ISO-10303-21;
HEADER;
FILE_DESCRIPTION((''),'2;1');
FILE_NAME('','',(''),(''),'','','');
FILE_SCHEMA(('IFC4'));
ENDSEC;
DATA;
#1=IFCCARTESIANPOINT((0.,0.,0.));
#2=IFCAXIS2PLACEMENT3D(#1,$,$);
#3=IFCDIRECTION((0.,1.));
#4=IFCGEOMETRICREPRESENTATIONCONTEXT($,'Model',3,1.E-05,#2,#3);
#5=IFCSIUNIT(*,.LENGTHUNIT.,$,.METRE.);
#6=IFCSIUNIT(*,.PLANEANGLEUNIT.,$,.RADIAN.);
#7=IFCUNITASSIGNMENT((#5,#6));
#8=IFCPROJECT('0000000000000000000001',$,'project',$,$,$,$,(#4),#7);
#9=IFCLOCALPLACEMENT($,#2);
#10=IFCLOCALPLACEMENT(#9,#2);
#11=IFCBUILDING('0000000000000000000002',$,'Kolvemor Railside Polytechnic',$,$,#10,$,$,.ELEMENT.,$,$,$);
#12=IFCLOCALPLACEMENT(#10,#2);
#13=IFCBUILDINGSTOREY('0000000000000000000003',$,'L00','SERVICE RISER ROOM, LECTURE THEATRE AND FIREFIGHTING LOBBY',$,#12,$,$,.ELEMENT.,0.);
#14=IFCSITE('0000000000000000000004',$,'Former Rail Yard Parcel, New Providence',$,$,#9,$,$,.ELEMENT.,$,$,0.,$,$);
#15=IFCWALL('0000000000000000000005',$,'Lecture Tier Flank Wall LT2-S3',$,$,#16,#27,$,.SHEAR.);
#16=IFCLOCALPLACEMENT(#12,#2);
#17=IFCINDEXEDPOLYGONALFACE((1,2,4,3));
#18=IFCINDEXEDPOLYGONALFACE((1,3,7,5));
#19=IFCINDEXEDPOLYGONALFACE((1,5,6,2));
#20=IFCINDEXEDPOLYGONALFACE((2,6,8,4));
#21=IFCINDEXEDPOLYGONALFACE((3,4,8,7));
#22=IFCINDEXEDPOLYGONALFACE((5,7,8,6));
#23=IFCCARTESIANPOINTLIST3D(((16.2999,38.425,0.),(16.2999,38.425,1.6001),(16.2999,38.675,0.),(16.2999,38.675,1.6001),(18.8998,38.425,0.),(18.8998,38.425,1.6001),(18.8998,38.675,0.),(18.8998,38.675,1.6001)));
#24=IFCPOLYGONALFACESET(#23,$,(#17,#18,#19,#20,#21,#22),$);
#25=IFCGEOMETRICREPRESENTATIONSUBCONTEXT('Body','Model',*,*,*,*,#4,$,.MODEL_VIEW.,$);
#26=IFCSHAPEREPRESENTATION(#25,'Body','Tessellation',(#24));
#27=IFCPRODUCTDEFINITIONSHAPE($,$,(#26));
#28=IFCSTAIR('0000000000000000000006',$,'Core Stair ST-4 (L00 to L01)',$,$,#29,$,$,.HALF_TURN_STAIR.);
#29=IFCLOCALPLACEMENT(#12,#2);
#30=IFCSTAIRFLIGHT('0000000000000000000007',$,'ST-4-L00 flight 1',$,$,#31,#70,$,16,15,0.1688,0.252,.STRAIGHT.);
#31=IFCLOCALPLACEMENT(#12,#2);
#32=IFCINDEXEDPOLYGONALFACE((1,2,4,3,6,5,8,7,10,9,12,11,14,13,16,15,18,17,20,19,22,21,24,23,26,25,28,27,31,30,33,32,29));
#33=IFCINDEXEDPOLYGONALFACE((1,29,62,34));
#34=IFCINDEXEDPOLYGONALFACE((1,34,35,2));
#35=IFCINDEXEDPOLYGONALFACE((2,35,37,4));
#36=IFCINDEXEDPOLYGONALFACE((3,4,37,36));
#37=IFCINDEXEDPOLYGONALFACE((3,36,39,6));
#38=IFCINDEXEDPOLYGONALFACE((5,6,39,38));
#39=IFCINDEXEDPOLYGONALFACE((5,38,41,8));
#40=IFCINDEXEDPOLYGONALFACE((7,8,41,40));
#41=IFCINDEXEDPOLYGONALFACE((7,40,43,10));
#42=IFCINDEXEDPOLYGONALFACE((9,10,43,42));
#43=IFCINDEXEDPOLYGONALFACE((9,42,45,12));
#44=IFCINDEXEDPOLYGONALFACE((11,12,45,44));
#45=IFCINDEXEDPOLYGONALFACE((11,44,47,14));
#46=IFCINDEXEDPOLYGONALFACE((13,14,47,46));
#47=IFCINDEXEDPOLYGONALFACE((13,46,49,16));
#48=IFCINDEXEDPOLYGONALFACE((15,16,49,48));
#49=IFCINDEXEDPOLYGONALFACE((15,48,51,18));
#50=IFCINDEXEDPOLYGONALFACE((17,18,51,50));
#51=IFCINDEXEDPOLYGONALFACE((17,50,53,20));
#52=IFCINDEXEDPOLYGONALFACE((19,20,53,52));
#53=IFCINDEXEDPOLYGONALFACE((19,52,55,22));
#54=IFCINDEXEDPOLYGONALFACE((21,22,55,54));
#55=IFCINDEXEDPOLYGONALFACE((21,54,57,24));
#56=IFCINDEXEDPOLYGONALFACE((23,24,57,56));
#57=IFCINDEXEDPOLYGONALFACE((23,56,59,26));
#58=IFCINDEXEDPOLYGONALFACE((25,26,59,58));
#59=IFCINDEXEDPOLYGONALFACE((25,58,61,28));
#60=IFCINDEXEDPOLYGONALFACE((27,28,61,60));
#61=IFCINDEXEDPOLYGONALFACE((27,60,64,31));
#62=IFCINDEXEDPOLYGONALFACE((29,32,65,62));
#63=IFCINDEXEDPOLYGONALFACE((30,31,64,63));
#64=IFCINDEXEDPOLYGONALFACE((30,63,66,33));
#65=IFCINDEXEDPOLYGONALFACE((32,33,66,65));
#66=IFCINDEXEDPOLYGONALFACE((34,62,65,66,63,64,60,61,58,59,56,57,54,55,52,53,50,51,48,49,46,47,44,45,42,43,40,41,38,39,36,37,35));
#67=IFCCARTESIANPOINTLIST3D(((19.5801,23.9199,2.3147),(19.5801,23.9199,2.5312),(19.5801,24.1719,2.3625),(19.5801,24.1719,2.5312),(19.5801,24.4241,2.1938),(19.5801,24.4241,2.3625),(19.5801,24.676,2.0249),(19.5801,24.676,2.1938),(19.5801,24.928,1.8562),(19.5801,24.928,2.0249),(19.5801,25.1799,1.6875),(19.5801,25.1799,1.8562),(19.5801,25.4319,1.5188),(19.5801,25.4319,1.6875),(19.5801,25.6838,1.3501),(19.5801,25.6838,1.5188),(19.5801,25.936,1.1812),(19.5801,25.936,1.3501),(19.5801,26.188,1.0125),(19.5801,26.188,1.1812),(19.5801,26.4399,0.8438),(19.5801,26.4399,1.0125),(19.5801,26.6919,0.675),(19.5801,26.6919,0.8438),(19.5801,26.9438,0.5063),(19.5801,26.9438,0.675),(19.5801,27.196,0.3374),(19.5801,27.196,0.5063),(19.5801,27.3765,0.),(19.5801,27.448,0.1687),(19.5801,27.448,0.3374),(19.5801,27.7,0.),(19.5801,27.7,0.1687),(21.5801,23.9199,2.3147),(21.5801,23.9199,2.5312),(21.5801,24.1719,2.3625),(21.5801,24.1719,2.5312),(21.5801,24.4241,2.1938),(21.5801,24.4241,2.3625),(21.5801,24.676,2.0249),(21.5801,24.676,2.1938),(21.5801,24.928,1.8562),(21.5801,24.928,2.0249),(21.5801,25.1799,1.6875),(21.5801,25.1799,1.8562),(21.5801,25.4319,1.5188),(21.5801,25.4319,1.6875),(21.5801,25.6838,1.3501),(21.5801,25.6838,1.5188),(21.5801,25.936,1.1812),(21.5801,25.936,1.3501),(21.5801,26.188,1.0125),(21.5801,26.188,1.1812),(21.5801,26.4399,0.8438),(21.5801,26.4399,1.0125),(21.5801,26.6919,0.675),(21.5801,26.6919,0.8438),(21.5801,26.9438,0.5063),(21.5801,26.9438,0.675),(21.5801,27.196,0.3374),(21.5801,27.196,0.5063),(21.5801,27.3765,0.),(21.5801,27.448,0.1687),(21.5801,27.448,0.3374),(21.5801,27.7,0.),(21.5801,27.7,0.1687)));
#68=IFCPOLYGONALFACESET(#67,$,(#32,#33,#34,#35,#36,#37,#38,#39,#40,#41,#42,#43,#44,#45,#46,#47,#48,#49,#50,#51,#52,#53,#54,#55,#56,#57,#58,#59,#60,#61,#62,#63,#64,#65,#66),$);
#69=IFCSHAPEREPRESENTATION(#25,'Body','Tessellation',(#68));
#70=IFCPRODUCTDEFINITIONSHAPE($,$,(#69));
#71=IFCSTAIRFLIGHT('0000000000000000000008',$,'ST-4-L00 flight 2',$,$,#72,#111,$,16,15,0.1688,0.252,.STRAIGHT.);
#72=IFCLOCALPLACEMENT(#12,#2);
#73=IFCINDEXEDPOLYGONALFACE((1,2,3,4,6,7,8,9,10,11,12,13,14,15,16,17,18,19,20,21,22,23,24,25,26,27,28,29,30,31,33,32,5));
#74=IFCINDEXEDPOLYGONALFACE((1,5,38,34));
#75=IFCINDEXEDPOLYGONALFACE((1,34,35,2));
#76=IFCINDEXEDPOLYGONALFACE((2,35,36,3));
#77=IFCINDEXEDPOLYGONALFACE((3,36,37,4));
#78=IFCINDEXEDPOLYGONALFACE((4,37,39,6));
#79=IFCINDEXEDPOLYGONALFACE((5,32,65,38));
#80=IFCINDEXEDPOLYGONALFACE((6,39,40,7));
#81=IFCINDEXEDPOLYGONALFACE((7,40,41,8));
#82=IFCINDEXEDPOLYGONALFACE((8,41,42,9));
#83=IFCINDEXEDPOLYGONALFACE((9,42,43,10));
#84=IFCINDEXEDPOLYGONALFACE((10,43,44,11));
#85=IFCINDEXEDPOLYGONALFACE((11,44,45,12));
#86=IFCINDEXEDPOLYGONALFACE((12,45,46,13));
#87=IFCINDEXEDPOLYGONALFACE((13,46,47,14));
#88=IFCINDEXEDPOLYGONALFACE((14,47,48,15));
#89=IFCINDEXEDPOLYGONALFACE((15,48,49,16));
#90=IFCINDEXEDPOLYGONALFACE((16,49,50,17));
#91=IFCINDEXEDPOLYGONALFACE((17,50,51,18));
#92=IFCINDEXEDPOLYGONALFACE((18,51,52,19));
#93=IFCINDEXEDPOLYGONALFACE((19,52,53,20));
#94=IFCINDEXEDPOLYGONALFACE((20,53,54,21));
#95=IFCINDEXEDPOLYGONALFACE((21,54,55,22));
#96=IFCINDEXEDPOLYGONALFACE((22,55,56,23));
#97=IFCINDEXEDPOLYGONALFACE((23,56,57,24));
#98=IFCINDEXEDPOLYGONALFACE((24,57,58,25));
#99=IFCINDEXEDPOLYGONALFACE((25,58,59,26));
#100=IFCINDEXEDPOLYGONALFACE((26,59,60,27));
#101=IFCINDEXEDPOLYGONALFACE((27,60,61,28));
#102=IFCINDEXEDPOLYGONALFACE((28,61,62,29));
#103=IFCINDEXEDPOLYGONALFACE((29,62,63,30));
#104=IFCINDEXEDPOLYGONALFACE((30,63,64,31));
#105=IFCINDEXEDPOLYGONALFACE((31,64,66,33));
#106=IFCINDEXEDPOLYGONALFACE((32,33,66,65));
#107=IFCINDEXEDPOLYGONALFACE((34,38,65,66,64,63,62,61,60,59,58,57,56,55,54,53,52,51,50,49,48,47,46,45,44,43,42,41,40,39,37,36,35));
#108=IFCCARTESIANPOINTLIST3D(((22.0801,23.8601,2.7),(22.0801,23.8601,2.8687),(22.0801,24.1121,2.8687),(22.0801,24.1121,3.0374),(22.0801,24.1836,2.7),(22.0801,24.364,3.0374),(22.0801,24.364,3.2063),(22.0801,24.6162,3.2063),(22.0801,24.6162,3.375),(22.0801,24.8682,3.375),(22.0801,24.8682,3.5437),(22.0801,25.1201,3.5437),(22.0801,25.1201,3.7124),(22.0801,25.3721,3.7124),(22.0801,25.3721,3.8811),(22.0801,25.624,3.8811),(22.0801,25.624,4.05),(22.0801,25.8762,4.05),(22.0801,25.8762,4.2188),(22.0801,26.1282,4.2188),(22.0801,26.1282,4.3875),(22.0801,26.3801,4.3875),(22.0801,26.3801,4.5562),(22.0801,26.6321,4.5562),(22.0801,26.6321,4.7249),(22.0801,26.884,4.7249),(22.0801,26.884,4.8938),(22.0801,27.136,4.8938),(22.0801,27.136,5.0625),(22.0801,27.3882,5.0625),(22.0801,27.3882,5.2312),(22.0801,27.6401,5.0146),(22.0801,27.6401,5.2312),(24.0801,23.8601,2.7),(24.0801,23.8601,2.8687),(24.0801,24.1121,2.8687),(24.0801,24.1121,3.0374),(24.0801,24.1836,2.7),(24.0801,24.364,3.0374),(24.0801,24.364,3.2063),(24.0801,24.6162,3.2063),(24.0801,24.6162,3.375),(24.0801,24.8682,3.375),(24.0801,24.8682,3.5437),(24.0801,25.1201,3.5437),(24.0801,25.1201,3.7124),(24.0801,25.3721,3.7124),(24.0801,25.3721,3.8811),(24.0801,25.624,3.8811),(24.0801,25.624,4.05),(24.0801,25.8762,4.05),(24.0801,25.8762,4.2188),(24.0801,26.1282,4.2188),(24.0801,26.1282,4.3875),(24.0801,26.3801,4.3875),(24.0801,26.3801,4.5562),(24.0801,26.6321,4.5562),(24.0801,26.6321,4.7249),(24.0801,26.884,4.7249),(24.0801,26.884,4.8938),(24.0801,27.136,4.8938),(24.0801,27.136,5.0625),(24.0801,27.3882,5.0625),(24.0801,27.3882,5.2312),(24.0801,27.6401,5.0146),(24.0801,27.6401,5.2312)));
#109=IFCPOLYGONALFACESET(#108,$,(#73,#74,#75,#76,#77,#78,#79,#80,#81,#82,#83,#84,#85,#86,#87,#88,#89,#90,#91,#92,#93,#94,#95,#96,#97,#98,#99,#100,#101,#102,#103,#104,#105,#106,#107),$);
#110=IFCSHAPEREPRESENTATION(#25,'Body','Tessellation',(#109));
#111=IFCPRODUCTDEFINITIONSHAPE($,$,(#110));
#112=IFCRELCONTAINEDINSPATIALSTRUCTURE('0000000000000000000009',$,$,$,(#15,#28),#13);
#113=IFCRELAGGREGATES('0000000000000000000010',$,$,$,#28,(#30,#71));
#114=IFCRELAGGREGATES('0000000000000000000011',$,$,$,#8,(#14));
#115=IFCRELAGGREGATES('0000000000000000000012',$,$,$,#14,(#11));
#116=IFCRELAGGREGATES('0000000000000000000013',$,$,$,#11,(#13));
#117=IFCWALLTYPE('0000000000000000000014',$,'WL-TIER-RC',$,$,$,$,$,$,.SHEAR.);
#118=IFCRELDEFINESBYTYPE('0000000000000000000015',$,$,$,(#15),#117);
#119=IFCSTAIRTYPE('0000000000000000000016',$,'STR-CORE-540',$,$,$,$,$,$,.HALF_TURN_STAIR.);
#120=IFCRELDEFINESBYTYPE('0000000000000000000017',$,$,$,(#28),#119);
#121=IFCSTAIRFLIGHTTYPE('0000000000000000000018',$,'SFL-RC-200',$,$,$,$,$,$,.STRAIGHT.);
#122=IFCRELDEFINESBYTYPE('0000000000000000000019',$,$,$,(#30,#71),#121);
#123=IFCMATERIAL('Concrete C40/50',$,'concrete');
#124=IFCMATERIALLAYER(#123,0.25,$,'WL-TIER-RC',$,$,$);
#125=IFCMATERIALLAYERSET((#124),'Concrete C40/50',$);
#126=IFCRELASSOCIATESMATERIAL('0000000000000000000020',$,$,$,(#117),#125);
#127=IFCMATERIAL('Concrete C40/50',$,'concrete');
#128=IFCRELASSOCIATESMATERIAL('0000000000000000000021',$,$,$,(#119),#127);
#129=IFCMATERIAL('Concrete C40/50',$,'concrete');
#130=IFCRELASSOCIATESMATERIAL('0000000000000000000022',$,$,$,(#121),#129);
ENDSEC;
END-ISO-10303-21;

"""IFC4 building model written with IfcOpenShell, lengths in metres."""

from ifc_helpers import new_model, si_unit, direction, frame, frame_2d, origin, place, context, subcontext, project, spatial, polyline, rectangle, outline, extrude, material, layer, layer_set, type_object, element, aggregate, save


model = new_model("IFC4")

# Units and contexts
model_context = context("Model", 3, precision=1e-05, world=origin(), true_north=direction((0.0, 1.0)))
body_context = subcontext(model_context, "Body", "Model", "MODEL_VIEW")
ifc_project = project(units=[si_unit("LENGTHUNIT", "METRE"), si_unit("PLANEANGLEUNIT", "RADIAN")], contexts=[model_context])

# Site, building, storey
site_placement = place(None, origin())
site = spatial("IfcSite", under=ifc_project, at=site_placement, Name="Former Rail Yard Parcel, New Providence", CompositionType="ELEMENT", RefElevation=0.0)
building_placement = place(site_placement, origin())
building = spatial("IfcBuilding", under=site, at=building_placement, Name="Kolvemor Railside Polytechnic", CompositionType="ELEMENT")
storey_placement = place(building_placement, origin())
storey = spatial("IfcBuildingStorey", under=building, at=storey_placement, Name="L00", Description="SERVICE RISER ROOM, LECTURE THEATRE AND FIREFIGHTING LOBBY", CompositionType="ELEMENT", Elevation=0.0)

# Wall
ifc_material_1 = material(Name="Concrete C40/50", Category="concrete")
ifc_layer_1 = layer(ifc_material_1, 0.25, Name="WL-TIER-RC")
ifc_layer_set_1 = layer_set([ifc_layer_1], Name="Concrete C40/50")
wall_type_1 = type_object("IfcWallType", Name="WL-TIER-RC", PredefinedType="SHEAR", material=ifc_layer_set_1)
wall_1_placement = place(storey_placement, frame((16.3, 38.55, 0.0), z_axis=(0.0, 0.0, 1.0), x_axis=(1.0, 0.0, 0.0)))
element("IfcWall", 1, at=wall_1_placement, inside=storey, type_object=wall_type_1, Name="Lecture Tier Flank Wall LT2-S3", PredefinedType="SHEAR", context=body_context, shape_type="SweptSolid", body=[
    extrude(rectangle(XDim=2.5999, YDim=0.25, at=frame_2d((1.2998, 0.0))), origin(), (0.0, 0.0, 1.0), 1.6001),
])

# Stair, stair flights
ifc_material_2 = material(Name="Concrete C40/50", Category="concrete")
stair_type = type_object("IfcStairType", Name="STR-CORE-540", PredefinedType="HALF_TURN_STAIR", material=ifc_material_2)
stair_placement = place(storey_placement, origin())
stair = element("IfcStair", 2, at=stair_placement, inside=storey, type_object=stair_type, Name="Core Stair ST-4 (L00 to L01)", PredefinedType="HALF_TURN_STAIR")
ifc_material_3 = material(Name="Concrete C40/50", Category="concrete")
stair_flight_type = type_object("IfcStairFlightType", Name="SFL-RC-200", PredefinedType="STRAIGHT", material=ifc_material_3)
stair_flight_1_placement = place(storey_placement, frame((20.5801, 27.7, 0.0), z_axis=(0.0, 0.0, 1.0), x_axis=(0.0, -1.0, 0.0)))
stair_flight_1 = element("IfcStairFlight", 3, at=stair_flight_1_placement, type_object=stair_flight_type, Name="ST-4-L00 flight 1", NumberOfRisers=16, NumberOfTreads=15, PredefinedType="STRAIGHT", RiserHeight=0.1688, TreadLength=0.252, context=body_context, shape_type="SweptSolid", body=[
    extrude(outline(polyline([(0.0, 0.0), (0.0, 0.1687), (0.252, 0.1687), (0.252, 0.3374), (0.5039, 0.3374), (0.5039, 0.5063), (0.7561, 0.5063), (0.7561, 0.675), (1.0081, 0.675), (1.0081, 0.8438), (1.26, 0.8438), (1.26, 1.0125), (1.512, 1.0125), (1.512, 1.1812), (1.7639, 1.1812), (1.7639, 1.3501), (2.0161, 1.3501), (2.0161, 1.5188), (2.2681, 1.5188), (2.2681, 1.6875), (2.52, 1.6875), (2.52, 1.8562), (2.772, 1.8562), (2.772, 2.0249), (3.0239, 2.0249), (3.0239, 2.1938), (3.2759, 2.1938), (3.2759, 2.3625), (3.5281, 2.3625), (3.5281, 2.5312), (3.78, 2.5312), (3.78, 2.7), (3.78, 2.3147), (0.3235, 0.0), (0.0, 0.0)])), frame((0.0, 1.0, 0.0), z_axis=(0.0, -1.0, 0.0), x_axis=(1.0, 0.0, 0.0)), (0.0, 0.0, 1.0), 2.0),
])
stair_flight_2_placement = place(storey_placement, frame((23.0801, 23.8601, 2.7), z_axis=(0.0, 0.0, 1.0), x_axis=(0.0, 1.0, 0.0)))
stair_flight_2 = element("IfcStairFlight", 4, at=stair_flight_2_placement, type_object=stair_flight_type, Name="ST-4-L00 flight 2", NumberOfRisers=16, NumberOfTreads=15, PredefinedType="STRAIGHT", RiserHeight=0.1688, TreadLength=0.252, context=body_context, shape_type="SweptSolid", body=[
    extrude(outline(polyline([(0.0, 0.0), (0.0, 0.1687), (0.252, 0.1687), (0.252, 0.3374), (0.5039, 0.3374), (0.5039, 0.5063), (0.7561, 0.5063), (0.7561, 0.675), (1.0081, 0.675), (1.0081, 0.8438), (1.26, 0.8438), (1.26, 1.0125), (1.512, 1.0125), (1.512, 1.1812), (1.7639, 1.1812), (1.7639, 1.3501), (2.0161, 1.3501), (2.0161, 1.5188), (2.2681, 1.5188), (2.2681, 1.6875), (2.52, 1.6875), (2.52, 1.8562), (2.772, 1.8562), (2.772, 2.0249), (3.0239, 2.0249), (3.0239, 2.1938), (3.2759, 2.1938), (3.2759, 2.3625), (3.5281, 2.3625), (3.5281, 2.5312), (3.78, 2.5312), (3.78, 2.7), (3.78, 2.3147), (0.3235, 0.0), (0.0, 0.0)])), frame((0.0, 1.0, 0.0), z_axis=(0.0, -1.0, 0.0), x_axis=(1.0, 0.0, 0.0)), (0.0, 0.0, 1.0), 2.0),
])
aggregate(stair, [stair_flight_1, stair_flight_2])

save(model, "model.ifc")
